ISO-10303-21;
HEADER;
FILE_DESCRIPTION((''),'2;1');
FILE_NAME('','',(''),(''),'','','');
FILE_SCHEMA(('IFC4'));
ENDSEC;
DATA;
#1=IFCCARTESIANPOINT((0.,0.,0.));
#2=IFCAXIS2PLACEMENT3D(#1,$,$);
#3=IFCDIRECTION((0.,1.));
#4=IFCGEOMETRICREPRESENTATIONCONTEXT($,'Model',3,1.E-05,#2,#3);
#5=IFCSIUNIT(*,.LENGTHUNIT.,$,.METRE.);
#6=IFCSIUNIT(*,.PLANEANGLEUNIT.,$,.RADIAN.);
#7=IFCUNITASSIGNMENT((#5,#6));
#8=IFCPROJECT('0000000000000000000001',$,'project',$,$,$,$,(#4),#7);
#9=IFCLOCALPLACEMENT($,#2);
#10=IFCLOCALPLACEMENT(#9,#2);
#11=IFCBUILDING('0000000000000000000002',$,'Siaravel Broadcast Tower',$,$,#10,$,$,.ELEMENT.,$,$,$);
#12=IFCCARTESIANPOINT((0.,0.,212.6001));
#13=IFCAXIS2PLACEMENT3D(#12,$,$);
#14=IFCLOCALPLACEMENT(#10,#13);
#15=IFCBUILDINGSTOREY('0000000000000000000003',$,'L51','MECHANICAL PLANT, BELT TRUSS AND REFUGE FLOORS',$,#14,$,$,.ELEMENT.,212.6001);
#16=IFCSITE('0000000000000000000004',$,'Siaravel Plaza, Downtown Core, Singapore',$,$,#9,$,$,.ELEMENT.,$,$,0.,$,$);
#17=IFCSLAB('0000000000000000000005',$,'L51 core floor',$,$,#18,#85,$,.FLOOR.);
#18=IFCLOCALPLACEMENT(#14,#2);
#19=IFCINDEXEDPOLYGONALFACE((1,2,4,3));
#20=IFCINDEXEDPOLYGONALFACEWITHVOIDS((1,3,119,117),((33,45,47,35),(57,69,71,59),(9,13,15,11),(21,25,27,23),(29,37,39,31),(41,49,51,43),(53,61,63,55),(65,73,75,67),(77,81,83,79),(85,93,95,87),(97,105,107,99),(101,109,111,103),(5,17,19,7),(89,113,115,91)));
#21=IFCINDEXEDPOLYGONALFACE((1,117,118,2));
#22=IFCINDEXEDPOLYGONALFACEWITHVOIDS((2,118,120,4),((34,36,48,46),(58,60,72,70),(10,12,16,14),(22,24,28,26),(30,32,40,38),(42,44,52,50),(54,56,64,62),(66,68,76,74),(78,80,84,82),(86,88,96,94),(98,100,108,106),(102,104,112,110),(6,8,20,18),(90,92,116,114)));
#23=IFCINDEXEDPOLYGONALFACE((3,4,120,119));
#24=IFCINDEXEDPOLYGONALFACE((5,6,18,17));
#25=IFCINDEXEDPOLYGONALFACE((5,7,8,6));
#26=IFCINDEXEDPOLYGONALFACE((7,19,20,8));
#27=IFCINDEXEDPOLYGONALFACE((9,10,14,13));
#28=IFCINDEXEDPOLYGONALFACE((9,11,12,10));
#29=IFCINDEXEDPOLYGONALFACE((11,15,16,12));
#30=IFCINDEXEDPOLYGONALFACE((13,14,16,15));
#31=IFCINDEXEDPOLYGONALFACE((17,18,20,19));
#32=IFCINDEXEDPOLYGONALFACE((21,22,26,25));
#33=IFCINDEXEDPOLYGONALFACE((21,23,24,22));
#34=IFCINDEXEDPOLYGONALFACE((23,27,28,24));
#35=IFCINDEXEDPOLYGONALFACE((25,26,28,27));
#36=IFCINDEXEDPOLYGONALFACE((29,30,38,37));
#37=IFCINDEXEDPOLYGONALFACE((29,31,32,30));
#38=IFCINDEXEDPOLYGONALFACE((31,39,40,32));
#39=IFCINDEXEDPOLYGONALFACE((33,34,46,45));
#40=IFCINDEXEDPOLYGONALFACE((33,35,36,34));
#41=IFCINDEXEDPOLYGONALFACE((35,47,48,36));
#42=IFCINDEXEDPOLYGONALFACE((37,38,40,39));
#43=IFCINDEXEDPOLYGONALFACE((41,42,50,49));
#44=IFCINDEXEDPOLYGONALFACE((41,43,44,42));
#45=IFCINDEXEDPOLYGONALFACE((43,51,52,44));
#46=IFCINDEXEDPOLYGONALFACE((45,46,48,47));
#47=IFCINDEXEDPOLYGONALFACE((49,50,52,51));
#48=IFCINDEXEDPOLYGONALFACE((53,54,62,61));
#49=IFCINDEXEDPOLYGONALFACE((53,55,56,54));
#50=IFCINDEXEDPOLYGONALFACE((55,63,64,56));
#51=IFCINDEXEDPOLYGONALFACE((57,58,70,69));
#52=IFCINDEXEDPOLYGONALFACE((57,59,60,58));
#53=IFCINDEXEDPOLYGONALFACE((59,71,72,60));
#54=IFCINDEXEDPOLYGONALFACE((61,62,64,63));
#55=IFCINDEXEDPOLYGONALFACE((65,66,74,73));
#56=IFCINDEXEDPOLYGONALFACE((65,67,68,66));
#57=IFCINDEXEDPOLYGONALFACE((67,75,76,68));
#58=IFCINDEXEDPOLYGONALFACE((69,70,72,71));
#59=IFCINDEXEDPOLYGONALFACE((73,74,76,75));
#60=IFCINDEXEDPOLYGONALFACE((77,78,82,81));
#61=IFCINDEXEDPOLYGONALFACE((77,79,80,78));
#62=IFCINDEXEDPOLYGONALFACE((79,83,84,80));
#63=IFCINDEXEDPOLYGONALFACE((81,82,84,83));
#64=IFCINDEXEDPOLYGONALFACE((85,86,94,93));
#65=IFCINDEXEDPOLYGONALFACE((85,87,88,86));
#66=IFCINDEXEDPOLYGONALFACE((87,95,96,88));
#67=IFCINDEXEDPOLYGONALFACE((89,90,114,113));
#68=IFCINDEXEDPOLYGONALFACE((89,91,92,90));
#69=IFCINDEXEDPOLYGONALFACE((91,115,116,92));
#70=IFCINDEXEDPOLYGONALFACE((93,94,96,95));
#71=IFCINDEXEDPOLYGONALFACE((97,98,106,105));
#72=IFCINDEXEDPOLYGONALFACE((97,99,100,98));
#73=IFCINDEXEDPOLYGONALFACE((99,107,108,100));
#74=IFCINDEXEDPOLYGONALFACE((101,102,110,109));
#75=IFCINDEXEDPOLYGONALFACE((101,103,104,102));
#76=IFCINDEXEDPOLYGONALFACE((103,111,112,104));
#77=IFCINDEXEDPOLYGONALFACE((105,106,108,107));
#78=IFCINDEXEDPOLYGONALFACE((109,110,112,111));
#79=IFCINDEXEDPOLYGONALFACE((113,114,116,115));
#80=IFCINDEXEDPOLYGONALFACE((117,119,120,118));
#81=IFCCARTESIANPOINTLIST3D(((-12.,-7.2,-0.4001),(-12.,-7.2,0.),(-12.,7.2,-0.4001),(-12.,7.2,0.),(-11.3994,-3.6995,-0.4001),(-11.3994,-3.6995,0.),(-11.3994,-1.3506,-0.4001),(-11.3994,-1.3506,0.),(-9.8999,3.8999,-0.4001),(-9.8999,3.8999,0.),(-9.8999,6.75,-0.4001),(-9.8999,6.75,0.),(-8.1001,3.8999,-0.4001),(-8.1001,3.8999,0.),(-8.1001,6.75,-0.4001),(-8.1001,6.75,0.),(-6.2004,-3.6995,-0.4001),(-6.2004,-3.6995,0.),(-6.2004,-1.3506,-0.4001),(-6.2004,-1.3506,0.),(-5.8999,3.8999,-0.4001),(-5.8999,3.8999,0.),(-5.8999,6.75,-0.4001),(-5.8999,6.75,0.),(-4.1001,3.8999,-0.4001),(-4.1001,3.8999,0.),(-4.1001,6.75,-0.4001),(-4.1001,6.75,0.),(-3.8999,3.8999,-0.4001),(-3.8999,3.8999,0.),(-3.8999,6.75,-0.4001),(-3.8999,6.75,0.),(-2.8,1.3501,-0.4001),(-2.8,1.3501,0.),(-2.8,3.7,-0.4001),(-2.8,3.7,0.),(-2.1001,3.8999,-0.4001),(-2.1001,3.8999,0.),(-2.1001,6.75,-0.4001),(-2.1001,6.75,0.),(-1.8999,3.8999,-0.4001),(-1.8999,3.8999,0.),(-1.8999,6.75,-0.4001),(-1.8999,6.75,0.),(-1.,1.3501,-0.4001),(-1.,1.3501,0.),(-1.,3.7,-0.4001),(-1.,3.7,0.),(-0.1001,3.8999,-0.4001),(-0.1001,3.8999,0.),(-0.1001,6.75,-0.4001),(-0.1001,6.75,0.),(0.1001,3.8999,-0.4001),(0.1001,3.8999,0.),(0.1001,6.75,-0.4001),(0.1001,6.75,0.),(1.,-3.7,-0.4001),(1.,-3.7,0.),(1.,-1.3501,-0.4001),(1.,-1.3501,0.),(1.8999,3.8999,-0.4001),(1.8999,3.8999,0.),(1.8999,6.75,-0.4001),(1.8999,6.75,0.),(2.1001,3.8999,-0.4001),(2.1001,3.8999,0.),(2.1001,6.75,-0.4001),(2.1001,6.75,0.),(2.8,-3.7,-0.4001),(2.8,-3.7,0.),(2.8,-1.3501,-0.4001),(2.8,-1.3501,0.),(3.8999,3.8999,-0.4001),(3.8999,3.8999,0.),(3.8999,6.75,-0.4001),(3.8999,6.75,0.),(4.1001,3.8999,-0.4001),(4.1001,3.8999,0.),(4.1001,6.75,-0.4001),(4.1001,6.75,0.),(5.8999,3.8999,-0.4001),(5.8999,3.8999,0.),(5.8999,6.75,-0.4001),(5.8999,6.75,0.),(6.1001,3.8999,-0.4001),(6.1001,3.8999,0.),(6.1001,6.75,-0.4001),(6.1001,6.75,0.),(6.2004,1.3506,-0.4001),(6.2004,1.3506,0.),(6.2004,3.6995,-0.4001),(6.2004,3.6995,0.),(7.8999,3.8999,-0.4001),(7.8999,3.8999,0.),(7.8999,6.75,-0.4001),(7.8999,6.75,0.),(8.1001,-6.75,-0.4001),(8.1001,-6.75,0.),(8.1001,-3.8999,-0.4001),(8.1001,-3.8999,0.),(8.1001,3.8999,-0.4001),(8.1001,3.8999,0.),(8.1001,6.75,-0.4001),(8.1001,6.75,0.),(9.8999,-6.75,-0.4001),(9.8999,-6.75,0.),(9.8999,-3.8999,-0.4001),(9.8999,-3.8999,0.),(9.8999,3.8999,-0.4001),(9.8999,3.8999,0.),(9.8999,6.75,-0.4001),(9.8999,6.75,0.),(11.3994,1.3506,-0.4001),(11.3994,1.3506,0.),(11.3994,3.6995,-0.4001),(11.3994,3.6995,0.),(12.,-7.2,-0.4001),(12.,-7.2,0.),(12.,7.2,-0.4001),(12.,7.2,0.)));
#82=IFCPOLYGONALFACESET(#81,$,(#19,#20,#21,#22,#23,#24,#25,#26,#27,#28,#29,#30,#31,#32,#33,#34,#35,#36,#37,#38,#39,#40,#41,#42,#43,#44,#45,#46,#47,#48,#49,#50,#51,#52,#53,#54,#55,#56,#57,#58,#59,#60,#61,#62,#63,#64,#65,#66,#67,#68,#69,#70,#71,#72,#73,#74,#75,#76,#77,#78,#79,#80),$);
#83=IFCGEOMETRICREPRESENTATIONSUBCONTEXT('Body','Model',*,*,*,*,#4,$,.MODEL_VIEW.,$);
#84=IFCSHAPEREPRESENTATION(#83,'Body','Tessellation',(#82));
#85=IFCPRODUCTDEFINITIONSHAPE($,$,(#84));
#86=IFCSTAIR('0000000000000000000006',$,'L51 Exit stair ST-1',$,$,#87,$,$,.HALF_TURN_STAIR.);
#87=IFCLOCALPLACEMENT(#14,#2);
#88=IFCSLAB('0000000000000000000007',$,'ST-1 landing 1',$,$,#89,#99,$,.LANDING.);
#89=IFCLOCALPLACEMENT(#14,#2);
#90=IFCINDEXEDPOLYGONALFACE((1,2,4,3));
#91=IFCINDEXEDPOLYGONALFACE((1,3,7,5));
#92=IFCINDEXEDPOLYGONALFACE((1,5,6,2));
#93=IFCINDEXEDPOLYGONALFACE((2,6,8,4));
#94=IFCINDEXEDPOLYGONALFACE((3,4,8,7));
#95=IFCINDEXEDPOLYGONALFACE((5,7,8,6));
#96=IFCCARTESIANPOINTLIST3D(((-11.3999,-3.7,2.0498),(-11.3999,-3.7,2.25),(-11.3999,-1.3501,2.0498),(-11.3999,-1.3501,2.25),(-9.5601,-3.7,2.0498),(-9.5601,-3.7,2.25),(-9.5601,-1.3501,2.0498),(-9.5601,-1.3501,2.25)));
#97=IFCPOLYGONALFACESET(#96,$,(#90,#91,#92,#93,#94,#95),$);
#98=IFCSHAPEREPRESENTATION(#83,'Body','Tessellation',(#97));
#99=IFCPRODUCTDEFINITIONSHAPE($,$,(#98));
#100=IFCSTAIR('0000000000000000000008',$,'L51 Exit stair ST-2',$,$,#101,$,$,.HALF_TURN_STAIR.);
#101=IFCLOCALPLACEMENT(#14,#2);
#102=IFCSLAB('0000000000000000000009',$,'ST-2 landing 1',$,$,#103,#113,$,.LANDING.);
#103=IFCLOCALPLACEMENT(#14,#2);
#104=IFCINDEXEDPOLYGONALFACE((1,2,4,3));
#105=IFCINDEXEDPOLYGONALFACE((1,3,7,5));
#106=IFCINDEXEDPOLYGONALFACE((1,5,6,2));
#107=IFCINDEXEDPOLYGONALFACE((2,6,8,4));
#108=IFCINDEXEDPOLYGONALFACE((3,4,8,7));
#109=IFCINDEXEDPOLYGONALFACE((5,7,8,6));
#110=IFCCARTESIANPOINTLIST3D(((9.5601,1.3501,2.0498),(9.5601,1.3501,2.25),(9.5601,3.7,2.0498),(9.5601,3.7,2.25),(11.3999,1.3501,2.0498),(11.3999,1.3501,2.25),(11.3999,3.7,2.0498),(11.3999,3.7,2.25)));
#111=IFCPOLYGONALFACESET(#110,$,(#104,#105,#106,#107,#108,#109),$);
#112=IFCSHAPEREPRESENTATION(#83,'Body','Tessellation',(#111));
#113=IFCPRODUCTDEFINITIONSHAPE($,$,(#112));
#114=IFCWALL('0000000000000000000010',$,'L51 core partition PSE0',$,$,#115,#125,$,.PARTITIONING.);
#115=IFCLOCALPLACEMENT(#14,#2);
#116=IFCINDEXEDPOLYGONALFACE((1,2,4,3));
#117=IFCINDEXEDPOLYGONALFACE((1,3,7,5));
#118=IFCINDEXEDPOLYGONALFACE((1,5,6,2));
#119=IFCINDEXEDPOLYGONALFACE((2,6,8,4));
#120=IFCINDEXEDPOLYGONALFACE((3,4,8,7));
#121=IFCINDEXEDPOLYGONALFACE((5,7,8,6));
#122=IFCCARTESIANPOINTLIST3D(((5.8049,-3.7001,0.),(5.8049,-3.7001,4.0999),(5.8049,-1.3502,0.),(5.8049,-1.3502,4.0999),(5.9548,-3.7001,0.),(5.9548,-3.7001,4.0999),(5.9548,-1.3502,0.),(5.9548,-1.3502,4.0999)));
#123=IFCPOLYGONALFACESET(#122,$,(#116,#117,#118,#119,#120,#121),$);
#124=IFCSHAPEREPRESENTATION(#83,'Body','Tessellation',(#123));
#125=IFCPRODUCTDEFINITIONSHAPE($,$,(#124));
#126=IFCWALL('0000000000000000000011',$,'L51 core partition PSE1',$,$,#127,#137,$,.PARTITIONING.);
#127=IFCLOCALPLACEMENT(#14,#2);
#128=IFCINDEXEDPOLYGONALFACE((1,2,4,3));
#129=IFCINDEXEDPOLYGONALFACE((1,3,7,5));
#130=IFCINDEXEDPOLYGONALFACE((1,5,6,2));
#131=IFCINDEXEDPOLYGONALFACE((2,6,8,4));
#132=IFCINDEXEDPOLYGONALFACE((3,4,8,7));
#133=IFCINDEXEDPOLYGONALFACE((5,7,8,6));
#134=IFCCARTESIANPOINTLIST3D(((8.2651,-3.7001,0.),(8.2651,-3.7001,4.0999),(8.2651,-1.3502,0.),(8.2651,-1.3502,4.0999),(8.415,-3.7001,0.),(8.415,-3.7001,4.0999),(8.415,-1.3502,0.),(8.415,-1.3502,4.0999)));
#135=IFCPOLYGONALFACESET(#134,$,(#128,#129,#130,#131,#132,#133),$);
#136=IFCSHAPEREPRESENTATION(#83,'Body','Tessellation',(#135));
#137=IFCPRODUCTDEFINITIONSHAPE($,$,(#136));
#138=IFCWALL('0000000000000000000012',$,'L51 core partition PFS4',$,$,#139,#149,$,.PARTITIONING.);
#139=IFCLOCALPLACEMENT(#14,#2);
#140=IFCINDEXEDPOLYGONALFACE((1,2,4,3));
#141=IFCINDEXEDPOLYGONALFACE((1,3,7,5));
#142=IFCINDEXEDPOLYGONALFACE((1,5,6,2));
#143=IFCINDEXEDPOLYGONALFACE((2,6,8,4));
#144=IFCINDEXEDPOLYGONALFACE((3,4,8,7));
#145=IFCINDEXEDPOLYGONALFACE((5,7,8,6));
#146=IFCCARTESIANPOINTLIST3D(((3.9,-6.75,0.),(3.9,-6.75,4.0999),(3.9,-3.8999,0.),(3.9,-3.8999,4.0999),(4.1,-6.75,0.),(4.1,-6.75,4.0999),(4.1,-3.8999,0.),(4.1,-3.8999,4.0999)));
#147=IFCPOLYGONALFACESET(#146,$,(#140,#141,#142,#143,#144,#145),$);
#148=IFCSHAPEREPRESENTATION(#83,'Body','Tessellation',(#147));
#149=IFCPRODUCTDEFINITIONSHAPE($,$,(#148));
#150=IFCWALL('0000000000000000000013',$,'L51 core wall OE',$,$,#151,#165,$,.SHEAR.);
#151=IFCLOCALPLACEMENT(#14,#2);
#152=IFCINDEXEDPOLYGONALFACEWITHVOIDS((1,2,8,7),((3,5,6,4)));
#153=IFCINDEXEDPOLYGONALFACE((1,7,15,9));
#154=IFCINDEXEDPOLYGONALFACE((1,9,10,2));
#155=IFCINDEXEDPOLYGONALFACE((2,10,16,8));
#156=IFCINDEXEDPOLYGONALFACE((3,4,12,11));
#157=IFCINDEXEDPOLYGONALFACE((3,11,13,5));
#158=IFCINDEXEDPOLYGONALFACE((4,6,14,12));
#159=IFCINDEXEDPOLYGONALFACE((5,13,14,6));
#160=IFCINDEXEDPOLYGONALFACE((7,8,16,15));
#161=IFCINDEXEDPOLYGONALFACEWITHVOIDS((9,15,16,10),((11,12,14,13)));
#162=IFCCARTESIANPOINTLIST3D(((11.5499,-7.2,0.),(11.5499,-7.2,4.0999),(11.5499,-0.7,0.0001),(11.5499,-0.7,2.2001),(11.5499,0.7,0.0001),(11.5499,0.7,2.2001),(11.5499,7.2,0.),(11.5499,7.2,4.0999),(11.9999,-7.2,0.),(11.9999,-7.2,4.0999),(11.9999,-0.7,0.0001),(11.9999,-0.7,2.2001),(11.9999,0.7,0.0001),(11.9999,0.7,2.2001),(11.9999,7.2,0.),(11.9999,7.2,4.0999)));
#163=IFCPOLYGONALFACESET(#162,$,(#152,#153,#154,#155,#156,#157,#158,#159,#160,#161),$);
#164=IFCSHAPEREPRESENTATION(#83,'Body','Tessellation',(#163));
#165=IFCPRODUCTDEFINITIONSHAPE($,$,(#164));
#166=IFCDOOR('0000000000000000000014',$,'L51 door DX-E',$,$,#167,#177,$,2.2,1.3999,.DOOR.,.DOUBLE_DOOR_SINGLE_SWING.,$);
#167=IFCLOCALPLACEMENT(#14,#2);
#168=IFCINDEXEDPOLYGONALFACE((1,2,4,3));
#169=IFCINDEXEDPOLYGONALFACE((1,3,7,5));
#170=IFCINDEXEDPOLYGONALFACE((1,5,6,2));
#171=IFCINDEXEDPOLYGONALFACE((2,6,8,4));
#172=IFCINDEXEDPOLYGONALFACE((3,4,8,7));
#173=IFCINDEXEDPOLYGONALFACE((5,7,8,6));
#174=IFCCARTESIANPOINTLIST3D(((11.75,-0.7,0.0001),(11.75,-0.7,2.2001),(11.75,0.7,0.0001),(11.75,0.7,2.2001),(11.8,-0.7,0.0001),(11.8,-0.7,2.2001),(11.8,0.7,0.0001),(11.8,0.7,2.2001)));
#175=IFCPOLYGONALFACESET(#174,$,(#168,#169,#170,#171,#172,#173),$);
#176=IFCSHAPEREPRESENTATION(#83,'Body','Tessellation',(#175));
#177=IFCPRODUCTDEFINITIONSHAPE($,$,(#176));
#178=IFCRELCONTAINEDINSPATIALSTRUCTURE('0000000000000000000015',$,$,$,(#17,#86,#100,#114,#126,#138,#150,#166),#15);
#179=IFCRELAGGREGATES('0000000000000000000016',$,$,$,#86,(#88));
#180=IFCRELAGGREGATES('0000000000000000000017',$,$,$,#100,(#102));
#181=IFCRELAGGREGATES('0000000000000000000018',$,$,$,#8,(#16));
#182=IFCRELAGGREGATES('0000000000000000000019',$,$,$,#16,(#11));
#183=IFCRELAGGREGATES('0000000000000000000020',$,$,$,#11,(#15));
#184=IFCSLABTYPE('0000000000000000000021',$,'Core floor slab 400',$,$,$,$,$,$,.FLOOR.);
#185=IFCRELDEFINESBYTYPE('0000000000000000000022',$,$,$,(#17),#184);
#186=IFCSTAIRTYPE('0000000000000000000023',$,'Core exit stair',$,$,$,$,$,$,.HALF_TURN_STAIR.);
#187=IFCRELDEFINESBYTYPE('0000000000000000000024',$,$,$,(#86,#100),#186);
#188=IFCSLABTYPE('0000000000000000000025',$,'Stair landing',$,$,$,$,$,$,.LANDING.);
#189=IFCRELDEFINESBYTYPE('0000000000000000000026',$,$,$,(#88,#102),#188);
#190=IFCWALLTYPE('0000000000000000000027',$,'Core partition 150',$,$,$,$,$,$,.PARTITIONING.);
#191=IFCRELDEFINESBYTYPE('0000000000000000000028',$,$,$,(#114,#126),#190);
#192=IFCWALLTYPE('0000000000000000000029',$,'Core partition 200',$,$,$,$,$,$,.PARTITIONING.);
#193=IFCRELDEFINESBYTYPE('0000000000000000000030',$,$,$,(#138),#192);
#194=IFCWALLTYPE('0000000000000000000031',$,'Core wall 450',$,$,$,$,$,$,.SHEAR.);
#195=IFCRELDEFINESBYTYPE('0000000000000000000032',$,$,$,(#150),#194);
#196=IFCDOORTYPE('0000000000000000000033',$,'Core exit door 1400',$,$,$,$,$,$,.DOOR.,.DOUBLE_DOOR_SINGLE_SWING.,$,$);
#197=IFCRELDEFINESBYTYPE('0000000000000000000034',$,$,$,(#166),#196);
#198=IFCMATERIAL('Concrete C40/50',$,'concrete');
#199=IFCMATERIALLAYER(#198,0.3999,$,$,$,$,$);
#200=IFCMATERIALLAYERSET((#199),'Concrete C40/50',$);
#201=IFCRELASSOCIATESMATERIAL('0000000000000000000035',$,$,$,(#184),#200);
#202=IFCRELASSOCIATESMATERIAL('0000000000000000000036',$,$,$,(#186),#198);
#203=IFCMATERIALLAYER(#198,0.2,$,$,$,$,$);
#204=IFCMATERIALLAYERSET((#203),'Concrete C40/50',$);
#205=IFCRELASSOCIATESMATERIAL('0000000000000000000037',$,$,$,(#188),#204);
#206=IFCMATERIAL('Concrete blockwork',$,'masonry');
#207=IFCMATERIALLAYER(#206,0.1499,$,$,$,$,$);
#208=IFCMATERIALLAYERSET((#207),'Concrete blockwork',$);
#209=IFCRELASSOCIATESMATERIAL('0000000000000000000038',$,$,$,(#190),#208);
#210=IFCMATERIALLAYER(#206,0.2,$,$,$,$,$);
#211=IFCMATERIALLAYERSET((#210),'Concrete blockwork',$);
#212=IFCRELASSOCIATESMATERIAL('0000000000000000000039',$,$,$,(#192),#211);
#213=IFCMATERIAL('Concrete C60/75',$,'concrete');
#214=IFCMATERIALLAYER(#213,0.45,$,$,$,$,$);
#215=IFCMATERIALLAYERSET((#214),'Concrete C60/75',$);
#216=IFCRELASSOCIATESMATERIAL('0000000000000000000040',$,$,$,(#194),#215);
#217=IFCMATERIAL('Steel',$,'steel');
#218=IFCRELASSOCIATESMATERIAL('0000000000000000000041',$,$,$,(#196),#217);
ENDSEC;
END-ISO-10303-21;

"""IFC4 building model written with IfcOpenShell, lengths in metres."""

from ifc_helpers import new_model, si_unit, direction, frame, frame_2d, origin, place, context, subcontext, project, spatial, polyline, rectangle, outline, extrude, material, layer, layer_set, type_object, element, fill, aggregate, save


model = new_model("IFC4")

# Units and contexts
model_context = context("Model", 3, precision=1e-05, world=origin(), true_north=direction((0.0, 1.0)))
body_context = subcontext(model_context, "Body", "Model", "MODEL_VIEW")
ifc_project = project(units=[si_unit("LENGTHUNIT", "METRE"), si_unit("PLANEANGLEUNIT", "RADIAN")], contexts=[model_context])

# Site, building, storey
site_placement = place(None, origin())
site = spatial("IfcSite", under=ifc_project, at=site_placement, Name="Siaravel Plaza, Downtown Core, Singapore", CompositionType="ELEMENT", RefElevation=0.0)
building_placement = place(site_placement, origin())
building = spatial("IfcBuilding", under=site, at=building_placement, Name="Siaravel Broadcast Tower", CompositionType="ELEMENT")
storey_placement = place(building_placement, frame((0.0, 0.0, 212.6001)))
storey = spatial("IfcBuildingStorey", under=building, at=storey_placement, Name="L51", Description="MECHANICAL PLANT, BELT TRUSS AND REFUGE FLOORS", CompositionType="ELEMENT", Elevation=212.6001)

# Slab
ifc_material_1 = material(Name="Concrete C40/50", Category="concrete")
ifc_layer_1 = layer(ifc_material_1, 0.3999)
ifc_layer_set_1 = layer_set([ifc_layer_1], Name="Concrete C40/50")
slab_type_1 = type_object("IfcSlabType", Name="Core floor slab 400", PredefinedType="FLOOR", material=ifc_layer_set_1)
slab_1_placement = place(storey_placement, frame((0.0, 0.0, -0.4001)))
element("IfcSlab", 1, at=slab_1_placement, inside=storey, type_object=slab_type_1, Name="L51 core floor", PredefinedType="FLOOR", context=body_context, shape_type="SweptSolid", body=[
    extrude(outline(polyline([(-12.0, -7.2), (-12.0, 7.2), (12.0, 7.2), (12.0, -7.2), (-12.0, -7.2)]), holes=[polyline([(11.3994, 1.3506), (11.3994, 3.6995), (6.2004, 3.6995), (6.2004, 1.3506), (11.3994, 1.3506)]), polyline([(8.1001, -3.8999), (8.1001, -6.75), (9.8999, -6.75), (9.8999, -3.8999), (8.1001, -3.8999)]), polyline([(9.8999, 6.75), (8.1001, 6.75), (8.1001, 3.8999), (9.8999, 3.8999), (9.8999, 6.75)]), polyline([(7.8999, 6.75), (6.1001, 6.75), (6.1001, 3.8999), (7.8999, 3.8999), (7.8999, 6.75)]), polyline([(5.8999, 6.75), (4.1001, 6.75), (4.1001, 3.8999), (5.8999, 3.8999), (5.8999, 6.75)]), polyline([(3.8999, 6.75), (2.1001, 6.75), (2.1001, 3.8999), (3.8999, 3.8999), (3.8999, 6.75)]), polyline([(2.8, -1.3501), (1.0, -1.3501), (1.0, -3.7), (2.8, -3.7), (2.8, -1.3501)]), polyline([(1.8999, 6.75), (0.1001, 6.75), (0.1001, 3.8999), (1.8999, 3.8999), (1.8999, 6.75)]), polyline([(-0.1001, 6.75), (-1.8999, 6.75), (-1.8999, 3.8999), (-0.1001, 3.8999), (-0.1001, 6.75)]), polyline([(-1.0, 3.7), (-2.8, 3.7), (-2.8, 1.3501), (-1.0, 1.3501), (-1.0, 3.7)]), polyline([(-2.1001, 6.75), (-3.8999, 6.75), (-3.8999, 3.8999), (-2.1001, 3.8999), (-2.1001, 6.75)]), polyline([(-4.1001, 6.75), (-5.8999, 6.75), (-5.8999, 3.8999), (-4.1001, 3.8999), (-4.1001, 6.75)]), polyline([(-11.3994, -3.6995), (-6.2004, -3.6995), (-6.2004, -1.3506), (-11.3994, -1.3506), (-11.3994, -3.6995)]), polyline([(-8.1001, 6.75), (-9.8999, 6.75), (-9.8999, 3.8999), (-8.1001, 3.8999), (-8.1001, 6.75)])]), origin(), (0.0, 0.0, 1.0), 0.4001),
])

# Stairs, slabs
stair_type = type_object("IfcStairType", Name="Core exit stair", PredefinedType="HALF_TURN_STAIR", material=ifc_material_1)
stair_1_placement = place(storey_placement, origin())
stair_1 = element("IfcStair", 2, at=stair_1_placement, inside=storey, type_object=stair_type, Name="L51 Exit stair ST-1", PredefinedType="HALF_TURN_STAIR")
ifc_layer_2 = layer(ifc_material_1, 0.2)
ifc_layer_set_2 = layer_set([ifc_layer_2], Name="Concrete C40/50")
slab_type_2 = type_object("IfcSlabType", Name="Stair landing", PredefinedType="LANDING", material=ifc_layer_set_2)
slab_2_placement = place(storey_placement, frame((0.0, 0.0, 2.0498)))
slab_2 = element("IfcSlab", 3, at=slab_2_placement, type_object=slab_type_2, Name="ST-1 landing 1", PredefinedType="LANDING", context=body_context, shape_type="SweptSolid", body=[
    extrude(outline(polyline([(-9.5601, -1.3501), (-11.3999, -1.3501), (-11.3999, -3.7), (-9.5601, -3.7), (-9.5601, -1.3501)])), origin(), (0.0, 0.0, 1.0), 0.2002),
])
aggregate(stair_1, [slab_2])
stair_2_placement = place(storey_placement, origin())
stair_2 = element("IfcStair", 4, at=stair_2_placement, inside=storey, type_object=stair_type, Name="L51 Exit stair ST-2", PredefinedType="HALF_TURN_STAIR")
slab_3_placement = place(storey_placement, frame((0.0, 0.0, 2.0498)))
slab_3 = element("IfcSlab", 5, at=slab_3_placement, type_object=slab_type_2, Name="ST-2 landing 1", PredefinedType="LANDING", context=body_context, shape_type="SweptSolid", body=[
    extrude(outline(polyline([(9.5601, 1.3501), (11.3999, 1.3501), (11.3999, 3.7), (9.5601, 3.7), (9.5601, 1.3501)])), origin(), (0.0, 0.0, 1.0), 0.2002),
])
aggregate(stair_2, [slab_3])

# Walls
ifc_material_2 = material(Name="Concrete blockwork", Category="masonry")
ifc_layer_3 = layer(ifc_material_2, 0.1499)
ifc_layer_set_3 = layer_set([ifc_layer_3], Name="Concrete blockwork")
wall_type_1 = type_object("IfcWallType", Name="Core partition 150", PredefinedType="PARTITIONING", material=ifc_layer_set_3)
for number, where, z_axis, x_axis, name in (
    (6, (5.8799, -3.7, 0.0), (0.0, 0.0, 1.0), (0.0, 1.0, 0.0), "L51 core partition PSE0"),
    (7, (8.3401, -3.7, 0.0), (0.0, 0.0, 1.0), (0.0, 1.0, 0.0), "L51 core partition PSE1"),
):
    element("IfcWall", number, at=place(storey_placement, frame(where, z_axis=z_axis, x_axis=x_axis)), inside=storey, type_object=wall_type_1, Name=name, PredefinedType="PARTITIONING", context=body_context, shape_type="SweptSolid", body=[
        extrude(rectangle(XDim=2.3499, YDim=0.1499, at=frame_2d((1.1748, 0.0))), origin(), (0.0, 0.0, 1.0), 4.0999),
    ])
ifc_layer_4 = layer(ifc_material_2, 0.2)
ifc_layer_set_4 = layer_set([ifc_layer_4], Name="Concrete blockwork")
wall_type_2 = type_object("IfcWallType", Name="Core partition 200", PredefinedType="PARTITIONING", material=ifc_layer_set_4)
wall_1_placement = place(storey_placement, frame((4.0, -6.75, 0.0), z_axis=(0.0, 0.0, 1.0), x_axis=(0.0, 1.0, 0.0)))
element("IfcWall", 8, at=wall_1_placement, inside=storey, type_object=wall_type_2, Name="L51 core partition PFS4", PredefinedType="PARTITIONING", context=body_context, shape_type="SweptSolid", body=[
    extrude(rectangle(XDim=2.8501, YDim=0.2, at=frame_2d((1.425, 0.0))), origin(), (0.0, 0.0, 1.0), 4.0999),
])

# Wall, opening, door
ifc_material_3 = material(Name="Concrete C60/75", Category="concrete")
ifc_layer_5 = layer(ifc_material_3, 0.45)
ifc_layer_set_5 = layer_set([ifc_layer_5], Name="Concrete C60/75")
wall_type_3 = type_object("IfcWallType", Name="Core wall 450", PredefinedType="SHEAR", material=ifc_layer_set_5)
wall_2_placement = place(storey_placement, frame((11.7749, -7.2, 0.0), z_axis=(0.0, 0.0, 1.0), x_axis=(0.0, 1.0, 0.0)))
wall_2 = element("IfcWall", 9, at=wall_2_placement, inside=storey, type_object=wall_type_3, Name="L51 core wall OE", PredefinedType="SHEAR", context=body_context, shape_type="SweptSolid", body=[
    extrude(rectangle(XDim=14.3999, YDim=0.45, at=frame_2d((7.2, 0.0))), origin(), (0.0, 0.0, 1.0), 4.0999),
])
opening_1_placement = place(wall_2_placement, frame((6.5, 0.0, 0.0)))
opening_1 = element("IfcOpeningElement", 10, at=opening_1_placement, cuts=wall_2, PredefinedType="OPENING", context=body_context, shape_type="SweptSolid", body=[
    extrude(rectangle(XDim=1.3999, YDim=2.2, at=frame_2d((0.7, 1.1001))), frame((0.0, 0.2349, 0.0), z_axis=(0.0, -1.0, 0.0), x_axis=(1.0, 0.0, 0.0)), (0.0, 0.0, 1.0), 0.47),
])
ifc_material_4 = material(Name="Steel", Category="steel")
door_type_1 = type_object("IfcDoorType", Name="Core exit door 1400", OperationType="DOUBLE_DOOR_SINGLE_SWING", PredefinedType="DOOR", material=ifc_material_4)
door_1_placement = place(opening_1_placement, origin())
door_1 = element("IfcDoor", 11, at=door_1_placement, inside=storey, type_object=door_type_1, Name="L51 door DX-E", OperationType="DOUBLE_DOOR_SINGLE_SWING", OverallHeight=2.2, OverallWidth=1.3999, PredefinedType="DOOR", context=body_context, shape_type="SweptSolid", body=[
    extrude(rectangle(XDim=1.3999, YDim=2.2, at=frame_2d((0.7, 1.1001))), frame((0.0, 0.0249, 0.0), z_axis=(0.0, -1.0, 0.0), x_axis=(1.0, 0.0, 0.0)), (0.0, 0.0, 1.0), 0.05),
])
fill(opening_1, door_1)

save(model, "model.ifc")
